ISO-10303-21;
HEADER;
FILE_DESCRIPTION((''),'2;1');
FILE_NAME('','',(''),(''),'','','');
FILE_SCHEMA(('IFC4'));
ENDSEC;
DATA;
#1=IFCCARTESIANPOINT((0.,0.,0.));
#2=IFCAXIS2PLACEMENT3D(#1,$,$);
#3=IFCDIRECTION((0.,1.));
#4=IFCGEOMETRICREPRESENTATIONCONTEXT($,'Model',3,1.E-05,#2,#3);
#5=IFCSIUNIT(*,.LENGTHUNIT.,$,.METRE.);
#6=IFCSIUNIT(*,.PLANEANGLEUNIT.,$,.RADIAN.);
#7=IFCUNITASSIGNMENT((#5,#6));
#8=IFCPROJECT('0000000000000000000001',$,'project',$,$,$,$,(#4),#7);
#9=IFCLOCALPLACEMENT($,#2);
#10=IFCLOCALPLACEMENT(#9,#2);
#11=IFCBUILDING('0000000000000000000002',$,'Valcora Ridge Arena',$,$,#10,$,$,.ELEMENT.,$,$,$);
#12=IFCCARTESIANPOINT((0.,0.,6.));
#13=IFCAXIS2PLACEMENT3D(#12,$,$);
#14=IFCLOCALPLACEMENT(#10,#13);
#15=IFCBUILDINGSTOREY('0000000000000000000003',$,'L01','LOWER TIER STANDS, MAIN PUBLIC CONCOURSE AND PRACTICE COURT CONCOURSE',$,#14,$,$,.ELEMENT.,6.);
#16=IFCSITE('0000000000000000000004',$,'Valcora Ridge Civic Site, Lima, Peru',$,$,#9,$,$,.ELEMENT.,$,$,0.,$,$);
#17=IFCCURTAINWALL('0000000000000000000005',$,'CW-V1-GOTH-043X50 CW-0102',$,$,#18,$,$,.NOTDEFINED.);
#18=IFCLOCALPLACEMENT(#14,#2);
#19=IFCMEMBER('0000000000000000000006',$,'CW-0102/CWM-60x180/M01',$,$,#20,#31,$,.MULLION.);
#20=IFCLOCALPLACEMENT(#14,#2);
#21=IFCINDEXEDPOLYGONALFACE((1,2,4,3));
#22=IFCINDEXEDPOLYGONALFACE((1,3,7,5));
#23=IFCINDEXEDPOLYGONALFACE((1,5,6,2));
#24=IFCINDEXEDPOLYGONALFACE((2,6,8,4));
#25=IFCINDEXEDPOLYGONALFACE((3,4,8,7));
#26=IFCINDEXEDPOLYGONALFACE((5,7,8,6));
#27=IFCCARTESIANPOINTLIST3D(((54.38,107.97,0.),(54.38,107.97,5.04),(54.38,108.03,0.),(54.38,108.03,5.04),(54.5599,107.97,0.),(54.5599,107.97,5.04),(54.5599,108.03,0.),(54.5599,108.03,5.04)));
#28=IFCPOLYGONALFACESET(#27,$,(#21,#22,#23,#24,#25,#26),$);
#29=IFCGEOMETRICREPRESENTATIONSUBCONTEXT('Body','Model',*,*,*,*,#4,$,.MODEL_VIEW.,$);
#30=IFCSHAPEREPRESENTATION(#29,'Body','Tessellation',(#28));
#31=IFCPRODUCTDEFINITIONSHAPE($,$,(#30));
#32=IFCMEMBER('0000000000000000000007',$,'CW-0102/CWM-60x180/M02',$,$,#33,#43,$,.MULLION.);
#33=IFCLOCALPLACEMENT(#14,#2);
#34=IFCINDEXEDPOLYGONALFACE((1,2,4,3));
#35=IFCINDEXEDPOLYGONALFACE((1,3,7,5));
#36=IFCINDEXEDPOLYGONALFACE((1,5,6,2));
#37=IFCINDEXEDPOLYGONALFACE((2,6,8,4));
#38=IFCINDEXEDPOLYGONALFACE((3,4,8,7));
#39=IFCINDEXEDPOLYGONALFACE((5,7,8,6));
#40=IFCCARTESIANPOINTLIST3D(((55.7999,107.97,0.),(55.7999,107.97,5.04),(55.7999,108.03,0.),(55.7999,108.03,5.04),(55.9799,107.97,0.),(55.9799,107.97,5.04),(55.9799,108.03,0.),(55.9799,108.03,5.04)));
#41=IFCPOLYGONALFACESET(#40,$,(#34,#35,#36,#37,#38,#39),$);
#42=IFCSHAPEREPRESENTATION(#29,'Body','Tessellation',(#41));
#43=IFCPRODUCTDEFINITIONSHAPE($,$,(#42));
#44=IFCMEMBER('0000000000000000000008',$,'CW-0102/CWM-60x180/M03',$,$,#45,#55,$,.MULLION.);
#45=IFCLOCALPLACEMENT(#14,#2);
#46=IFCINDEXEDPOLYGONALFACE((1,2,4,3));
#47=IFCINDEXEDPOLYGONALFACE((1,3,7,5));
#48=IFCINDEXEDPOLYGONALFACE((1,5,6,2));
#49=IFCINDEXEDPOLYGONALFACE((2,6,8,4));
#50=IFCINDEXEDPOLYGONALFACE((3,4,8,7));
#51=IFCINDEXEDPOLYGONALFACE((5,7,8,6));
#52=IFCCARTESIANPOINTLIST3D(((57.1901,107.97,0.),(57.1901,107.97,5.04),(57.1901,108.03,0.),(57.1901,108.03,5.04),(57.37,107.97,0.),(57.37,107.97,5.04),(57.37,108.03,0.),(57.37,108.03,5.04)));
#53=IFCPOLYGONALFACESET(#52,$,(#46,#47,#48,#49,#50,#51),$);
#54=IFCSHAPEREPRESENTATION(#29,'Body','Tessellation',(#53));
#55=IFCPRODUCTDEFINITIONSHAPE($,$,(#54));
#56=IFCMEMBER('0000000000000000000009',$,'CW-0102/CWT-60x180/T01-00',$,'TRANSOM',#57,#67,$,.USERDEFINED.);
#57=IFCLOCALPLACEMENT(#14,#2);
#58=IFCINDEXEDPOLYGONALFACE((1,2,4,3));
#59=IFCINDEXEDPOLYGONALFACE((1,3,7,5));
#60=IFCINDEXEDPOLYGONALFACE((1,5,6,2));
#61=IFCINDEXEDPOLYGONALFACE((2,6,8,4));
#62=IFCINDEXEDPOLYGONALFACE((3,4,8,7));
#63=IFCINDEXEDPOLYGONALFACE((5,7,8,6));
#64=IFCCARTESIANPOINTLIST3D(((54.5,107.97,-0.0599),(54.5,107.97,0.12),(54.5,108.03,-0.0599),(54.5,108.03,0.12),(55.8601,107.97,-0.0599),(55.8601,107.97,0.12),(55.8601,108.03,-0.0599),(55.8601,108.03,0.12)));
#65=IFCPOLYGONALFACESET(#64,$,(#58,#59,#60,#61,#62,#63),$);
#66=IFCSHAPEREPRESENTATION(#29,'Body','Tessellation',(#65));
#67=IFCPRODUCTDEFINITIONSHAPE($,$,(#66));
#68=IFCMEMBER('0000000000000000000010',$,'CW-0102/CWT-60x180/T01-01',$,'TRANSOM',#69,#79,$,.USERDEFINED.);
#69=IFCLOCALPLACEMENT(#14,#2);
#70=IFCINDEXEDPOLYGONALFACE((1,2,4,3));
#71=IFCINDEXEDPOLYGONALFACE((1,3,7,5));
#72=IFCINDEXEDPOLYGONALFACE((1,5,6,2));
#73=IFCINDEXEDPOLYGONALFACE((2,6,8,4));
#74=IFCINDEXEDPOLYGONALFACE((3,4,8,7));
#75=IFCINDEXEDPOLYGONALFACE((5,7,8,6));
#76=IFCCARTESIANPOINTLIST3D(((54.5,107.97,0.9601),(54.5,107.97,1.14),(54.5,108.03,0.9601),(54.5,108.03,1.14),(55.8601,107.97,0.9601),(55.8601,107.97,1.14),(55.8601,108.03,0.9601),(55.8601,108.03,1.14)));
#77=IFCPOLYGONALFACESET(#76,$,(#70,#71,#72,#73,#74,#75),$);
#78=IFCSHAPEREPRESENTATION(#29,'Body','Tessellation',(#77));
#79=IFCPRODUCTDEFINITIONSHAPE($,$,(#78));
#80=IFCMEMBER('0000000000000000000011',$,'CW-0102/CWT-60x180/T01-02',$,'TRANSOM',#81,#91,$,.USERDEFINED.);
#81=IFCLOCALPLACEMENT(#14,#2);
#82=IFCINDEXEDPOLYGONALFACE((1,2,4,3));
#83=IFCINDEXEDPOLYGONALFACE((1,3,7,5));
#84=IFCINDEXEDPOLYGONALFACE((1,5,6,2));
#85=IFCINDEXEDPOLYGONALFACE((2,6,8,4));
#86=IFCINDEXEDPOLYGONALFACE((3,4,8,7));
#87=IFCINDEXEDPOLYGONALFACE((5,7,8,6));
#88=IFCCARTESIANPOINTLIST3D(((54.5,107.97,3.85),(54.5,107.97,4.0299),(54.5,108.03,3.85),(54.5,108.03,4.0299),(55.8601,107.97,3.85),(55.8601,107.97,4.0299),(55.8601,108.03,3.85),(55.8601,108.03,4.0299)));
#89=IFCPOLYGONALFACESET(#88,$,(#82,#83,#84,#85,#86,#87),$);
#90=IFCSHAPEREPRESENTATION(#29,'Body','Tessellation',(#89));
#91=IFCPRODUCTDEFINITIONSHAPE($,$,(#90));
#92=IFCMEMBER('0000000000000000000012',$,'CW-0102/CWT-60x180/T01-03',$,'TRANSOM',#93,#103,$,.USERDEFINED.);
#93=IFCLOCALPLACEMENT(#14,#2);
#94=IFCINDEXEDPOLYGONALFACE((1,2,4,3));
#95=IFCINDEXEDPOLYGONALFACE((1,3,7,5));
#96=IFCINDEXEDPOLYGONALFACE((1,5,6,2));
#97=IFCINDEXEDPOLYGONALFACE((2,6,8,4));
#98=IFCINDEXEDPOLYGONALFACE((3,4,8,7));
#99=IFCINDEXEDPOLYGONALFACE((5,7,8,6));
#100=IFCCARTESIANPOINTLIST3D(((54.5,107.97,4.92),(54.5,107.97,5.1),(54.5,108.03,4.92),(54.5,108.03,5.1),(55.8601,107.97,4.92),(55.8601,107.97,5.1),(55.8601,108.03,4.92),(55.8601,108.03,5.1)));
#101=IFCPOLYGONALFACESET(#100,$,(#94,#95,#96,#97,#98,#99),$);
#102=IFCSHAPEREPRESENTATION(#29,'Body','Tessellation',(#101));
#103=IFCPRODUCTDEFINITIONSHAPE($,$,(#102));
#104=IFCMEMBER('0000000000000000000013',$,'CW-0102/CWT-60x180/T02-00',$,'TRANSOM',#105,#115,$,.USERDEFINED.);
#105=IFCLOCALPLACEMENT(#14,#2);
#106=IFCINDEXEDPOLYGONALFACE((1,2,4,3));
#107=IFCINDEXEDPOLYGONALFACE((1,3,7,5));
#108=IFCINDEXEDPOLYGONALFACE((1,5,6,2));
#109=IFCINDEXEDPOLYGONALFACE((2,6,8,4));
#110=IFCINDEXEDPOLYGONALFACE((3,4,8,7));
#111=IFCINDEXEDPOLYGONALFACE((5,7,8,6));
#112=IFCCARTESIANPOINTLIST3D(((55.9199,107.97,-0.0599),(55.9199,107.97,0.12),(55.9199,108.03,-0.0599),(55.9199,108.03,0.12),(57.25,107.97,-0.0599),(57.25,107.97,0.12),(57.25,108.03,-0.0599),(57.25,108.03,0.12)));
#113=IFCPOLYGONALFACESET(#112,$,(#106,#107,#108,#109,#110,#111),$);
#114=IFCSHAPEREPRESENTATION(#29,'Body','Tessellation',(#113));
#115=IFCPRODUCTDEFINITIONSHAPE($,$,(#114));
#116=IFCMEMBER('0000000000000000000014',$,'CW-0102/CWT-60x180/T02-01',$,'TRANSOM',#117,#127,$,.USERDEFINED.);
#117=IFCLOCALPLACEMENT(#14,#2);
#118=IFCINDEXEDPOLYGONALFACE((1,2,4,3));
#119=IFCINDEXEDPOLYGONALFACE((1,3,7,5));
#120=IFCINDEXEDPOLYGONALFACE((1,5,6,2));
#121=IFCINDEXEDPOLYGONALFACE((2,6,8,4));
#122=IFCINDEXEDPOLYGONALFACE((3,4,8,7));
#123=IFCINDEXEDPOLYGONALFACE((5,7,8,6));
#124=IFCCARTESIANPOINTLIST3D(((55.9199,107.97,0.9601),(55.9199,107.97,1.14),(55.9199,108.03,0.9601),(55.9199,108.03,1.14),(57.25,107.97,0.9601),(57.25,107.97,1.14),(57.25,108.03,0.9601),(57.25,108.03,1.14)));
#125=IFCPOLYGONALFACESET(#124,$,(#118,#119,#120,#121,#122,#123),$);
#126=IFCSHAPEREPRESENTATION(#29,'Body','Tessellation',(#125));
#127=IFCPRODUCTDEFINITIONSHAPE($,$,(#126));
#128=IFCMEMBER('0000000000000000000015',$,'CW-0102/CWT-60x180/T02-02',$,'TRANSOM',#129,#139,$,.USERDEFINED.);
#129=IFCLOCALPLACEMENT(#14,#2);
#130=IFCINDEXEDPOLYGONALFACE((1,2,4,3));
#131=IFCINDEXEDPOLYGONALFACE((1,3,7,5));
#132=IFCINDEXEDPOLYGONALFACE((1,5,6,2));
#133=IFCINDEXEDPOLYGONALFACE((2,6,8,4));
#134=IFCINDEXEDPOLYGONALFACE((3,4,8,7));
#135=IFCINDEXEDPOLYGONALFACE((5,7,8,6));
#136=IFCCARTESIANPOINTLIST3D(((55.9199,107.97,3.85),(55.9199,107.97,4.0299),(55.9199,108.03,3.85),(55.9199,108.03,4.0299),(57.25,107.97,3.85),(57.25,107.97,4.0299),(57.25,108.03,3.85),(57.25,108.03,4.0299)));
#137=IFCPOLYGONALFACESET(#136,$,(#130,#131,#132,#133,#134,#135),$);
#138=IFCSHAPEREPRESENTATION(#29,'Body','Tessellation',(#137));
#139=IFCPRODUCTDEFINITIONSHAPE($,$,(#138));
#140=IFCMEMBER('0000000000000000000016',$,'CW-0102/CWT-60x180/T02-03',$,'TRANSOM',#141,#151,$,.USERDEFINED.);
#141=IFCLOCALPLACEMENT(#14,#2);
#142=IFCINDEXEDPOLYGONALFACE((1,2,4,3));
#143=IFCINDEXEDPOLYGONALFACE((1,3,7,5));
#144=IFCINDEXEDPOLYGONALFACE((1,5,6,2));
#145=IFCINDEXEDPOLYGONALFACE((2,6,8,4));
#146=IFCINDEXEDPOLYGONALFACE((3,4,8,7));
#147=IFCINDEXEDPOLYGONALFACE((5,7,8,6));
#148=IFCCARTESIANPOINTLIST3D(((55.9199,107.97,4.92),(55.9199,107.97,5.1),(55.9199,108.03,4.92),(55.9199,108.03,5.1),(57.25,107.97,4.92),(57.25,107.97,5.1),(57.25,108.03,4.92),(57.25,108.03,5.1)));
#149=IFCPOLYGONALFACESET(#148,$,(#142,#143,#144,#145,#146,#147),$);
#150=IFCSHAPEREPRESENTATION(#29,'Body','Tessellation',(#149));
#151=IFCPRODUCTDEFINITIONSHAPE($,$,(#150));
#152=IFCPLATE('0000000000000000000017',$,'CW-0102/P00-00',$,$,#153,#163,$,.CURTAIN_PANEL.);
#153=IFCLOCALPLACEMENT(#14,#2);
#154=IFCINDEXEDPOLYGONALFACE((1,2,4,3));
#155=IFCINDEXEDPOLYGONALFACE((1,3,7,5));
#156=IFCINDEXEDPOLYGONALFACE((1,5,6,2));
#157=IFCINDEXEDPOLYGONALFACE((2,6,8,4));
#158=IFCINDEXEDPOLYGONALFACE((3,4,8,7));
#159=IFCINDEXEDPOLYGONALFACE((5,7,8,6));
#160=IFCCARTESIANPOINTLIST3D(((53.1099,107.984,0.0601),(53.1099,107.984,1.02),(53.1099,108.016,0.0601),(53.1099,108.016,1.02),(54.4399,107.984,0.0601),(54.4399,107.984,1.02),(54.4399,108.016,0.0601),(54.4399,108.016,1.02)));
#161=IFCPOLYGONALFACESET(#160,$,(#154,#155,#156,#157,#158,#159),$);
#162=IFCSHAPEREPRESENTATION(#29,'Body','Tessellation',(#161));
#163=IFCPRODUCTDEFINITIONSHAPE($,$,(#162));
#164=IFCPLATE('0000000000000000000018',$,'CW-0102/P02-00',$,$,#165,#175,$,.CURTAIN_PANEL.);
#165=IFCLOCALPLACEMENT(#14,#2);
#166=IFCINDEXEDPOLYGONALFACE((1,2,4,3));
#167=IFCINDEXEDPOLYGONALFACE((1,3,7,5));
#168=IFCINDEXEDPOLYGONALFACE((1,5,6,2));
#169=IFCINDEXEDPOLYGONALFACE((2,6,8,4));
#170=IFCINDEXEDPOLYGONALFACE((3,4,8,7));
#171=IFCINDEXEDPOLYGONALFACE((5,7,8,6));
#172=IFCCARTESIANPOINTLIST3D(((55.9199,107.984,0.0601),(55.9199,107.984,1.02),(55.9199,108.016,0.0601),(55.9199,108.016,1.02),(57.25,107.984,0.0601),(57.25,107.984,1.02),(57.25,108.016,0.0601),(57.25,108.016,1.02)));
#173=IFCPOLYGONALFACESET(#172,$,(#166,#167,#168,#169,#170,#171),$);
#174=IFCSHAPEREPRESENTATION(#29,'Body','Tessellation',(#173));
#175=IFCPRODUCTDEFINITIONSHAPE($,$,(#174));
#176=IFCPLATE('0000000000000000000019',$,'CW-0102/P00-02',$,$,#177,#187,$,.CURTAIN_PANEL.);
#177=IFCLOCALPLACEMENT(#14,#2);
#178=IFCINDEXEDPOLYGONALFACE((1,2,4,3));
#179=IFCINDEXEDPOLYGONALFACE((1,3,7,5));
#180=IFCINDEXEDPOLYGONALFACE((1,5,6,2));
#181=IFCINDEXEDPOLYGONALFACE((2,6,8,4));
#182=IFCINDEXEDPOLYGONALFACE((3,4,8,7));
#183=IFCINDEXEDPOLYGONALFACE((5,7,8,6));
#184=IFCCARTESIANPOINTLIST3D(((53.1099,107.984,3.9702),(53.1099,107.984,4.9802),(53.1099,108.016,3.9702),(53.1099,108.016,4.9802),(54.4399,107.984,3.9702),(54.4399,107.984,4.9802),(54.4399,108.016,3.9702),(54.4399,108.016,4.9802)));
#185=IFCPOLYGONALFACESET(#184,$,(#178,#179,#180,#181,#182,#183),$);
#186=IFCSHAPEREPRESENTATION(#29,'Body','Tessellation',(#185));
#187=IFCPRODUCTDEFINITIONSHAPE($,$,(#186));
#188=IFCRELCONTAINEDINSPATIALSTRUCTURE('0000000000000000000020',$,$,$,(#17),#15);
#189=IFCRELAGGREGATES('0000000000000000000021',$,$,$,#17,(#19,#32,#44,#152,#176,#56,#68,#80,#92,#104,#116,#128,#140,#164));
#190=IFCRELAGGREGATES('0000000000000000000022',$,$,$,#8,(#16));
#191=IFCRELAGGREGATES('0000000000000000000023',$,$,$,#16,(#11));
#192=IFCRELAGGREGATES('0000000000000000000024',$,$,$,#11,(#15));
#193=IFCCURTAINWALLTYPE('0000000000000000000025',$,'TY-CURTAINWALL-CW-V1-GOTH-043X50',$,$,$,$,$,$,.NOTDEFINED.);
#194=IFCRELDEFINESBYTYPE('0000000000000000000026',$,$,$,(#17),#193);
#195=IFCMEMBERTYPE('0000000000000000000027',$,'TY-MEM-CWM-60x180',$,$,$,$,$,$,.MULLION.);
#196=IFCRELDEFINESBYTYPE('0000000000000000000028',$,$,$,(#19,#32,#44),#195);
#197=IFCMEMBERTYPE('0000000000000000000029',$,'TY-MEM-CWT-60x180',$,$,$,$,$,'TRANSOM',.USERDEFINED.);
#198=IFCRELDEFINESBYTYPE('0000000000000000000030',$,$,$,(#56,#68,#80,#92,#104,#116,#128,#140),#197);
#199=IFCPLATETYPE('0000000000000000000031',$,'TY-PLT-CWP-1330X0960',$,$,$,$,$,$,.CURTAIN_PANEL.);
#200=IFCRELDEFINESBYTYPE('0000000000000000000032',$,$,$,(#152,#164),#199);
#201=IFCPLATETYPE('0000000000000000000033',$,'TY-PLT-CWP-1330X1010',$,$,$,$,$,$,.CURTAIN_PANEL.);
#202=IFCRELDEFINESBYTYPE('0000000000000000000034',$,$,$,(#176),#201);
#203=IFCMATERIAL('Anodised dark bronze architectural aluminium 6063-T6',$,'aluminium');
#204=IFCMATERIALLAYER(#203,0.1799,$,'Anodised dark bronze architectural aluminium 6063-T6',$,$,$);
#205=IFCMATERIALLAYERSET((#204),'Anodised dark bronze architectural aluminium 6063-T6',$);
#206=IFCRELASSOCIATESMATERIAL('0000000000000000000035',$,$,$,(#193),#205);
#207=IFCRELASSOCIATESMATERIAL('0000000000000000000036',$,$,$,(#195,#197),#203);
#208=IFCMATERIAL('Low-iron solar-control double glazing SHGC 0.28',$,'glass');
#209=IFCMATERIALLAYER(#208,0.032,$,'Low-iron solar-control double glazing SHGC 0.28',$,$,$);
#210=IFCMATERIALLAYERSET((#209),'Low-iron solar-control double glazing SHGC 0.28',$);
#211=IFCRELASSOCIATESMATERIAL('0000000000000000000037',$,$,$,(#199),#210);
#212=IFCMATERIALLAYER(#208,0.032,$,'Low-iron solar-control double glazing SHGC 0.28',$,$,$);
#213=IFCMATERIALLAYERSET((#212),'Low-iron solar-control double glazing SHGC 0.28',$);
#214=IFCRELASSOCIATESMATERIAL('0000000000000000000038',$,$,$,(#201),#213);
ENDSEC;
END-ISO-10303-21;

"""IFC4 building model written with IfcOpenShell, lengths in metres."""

from ifc_helpers import new_model, si_unit, direction, frame, origin, origin_2d, place, context, subcontext, project, spatial, rectangle, extrude, material, layer, layer_set, material_profile, profile_set, type_object, element, aggregate, save


model = new_model("IFC4")

# Units and contexts
model_context = context("Model", 3, precision=1e-05, world=origin(), true_north=direction((0.0, 1.0)))
body_context = subcontext(model_context, "Body", "Model", "MODEL_VIEW")
ifc_project = project(units=[si_unit("LENGTHUNIT", "METRE"), si_unit("PLANEANGLEUNIT", "RADIAN")], contexts=[model_context])

# Site, building, storey
site_placement = place(None, origin())
site = spatial("IfcSite", under=ifc_project, at=site_placement, Name="Valcora Ridge Civic Site, Lima, Peru", CompositionType="ELEMENT", RefElevation=0.0)
building_placement = place(site_placement, origin())
building = spatial("IfcBuilding", under=site, at=building_placement, Name="Valcora Ridge Arena", CompositionType="ELEMENT")
storey_placement = place(building_placement, frame((0.0, 0.0, 6.0)))
storey = spatial("IfcBuildingStorey", under=building, at=storey_placement, Name="L01", Description="LOWER TIER STANDS, MAIN PUBLIC CONCOURSE AND PRACTICE COURT CONCOURSE", CompositionType="ELEMENT", Elevation=6.0)

# Curtain wall, members, plates
ifc_material_1 = material(Name="Anodised dark bronze architectural aluminium 6063-T6", Category="aluminium")
ifc_layer_1 = layer(ifc_material_1, 0.1799, Name="Anodised dark bronze architectural aluminium 6063-T6")
ifc_layer_set_1 = layer_set([ifc_layer_1], Name="Anodised dark bronze architectural aluminium 6063-T6")
curtain_wall_type = type_object("IfcCurtainWallType", Name="TY-CURTAINWALL-CW-V1-GOTH-043X50", PredefinedType="NOTDEFINED", material=ifc_layer_set_1)
curtain_wall_placement = place(storey_placement, origin())
curtain_wall = element("IfcCurtainWall", 1, at=curtain_wall_placement, inside=storey, type_object=curtain_wall_type, Name="CW-V1-GOTH-043X50 CW-0102", PredefinedType="NOTDEFINED")
ifc_material_profile_1 = material_profile(ifc_material_1, rectangle(XDim=0.0601, YDim=0.1799, at=origin_2d()), Name="ALU MULLION 60x180")
ifc_profile_set_1 = profile_set([ifc_material_profile_1], Name="Anodised dark bronze architectural aluminium 6063-T6")
member_type_1 = type_object("IfcMemberType", Name="TY-MEM-CWM-60x180", PredefinedType="MULLION", material=ifc_profile_set_1)
member_1_placement = place(storey_placement, frame((54.47, 108.0, 0.0), z_axis=(0.0, 0.0, 1.0), x_axis=(0.0, 1.0, 0.0)))
member_1 = element("IfcMember", 2, at=member_1_placement, type_object=member_type_1, Name="CW-0102/CWM-60x180/M01", PredefinedType="MULLION", context=body_context, shape_type="SweptSolid", body=[
    extrude(rectangle(XDim=0.0601, YDim=0.1799, at=origin_2d()), origin(), (0.0, 0.0, 1.0), 5.04),
])
member_2_placement = place(storey_placement, frame((55.8899, 108.0, 0.0), z_axis=(0.0, 0.0, 1.0), x_axis=(0.0, 1.0, 0.0)))
member_2 = element("IfcMember", 3, at=member_2_placement, type_object=member_type_1, Name="CW-0102/CWM-60x180/M02", PredefinedType="MULLION", context=body_context, shape_type="SweptSolid", body=[
    extrude(rectangle(XDim=0.0601, YDim=0.1799, at=origin_2d()), origin(), (0.0, 0.0, 1.0), 5.04),
])
member_3_placement = place(storey_placement, frame((57.28, 108.0, 0.0), z_axis=(0.0, 0.0, 1.0), x_axis=(0.0, 1.0, 0.0)))
member_3 = element("IfcMember", 4, at=member_3_placement, type_object=member_type_1, Name="CW-0102/CWM-60x180/M03", PredefinedType="MULLION", context=body_context, shape_type="SweptSolid", body=[
    extrude(rectangle(XDim=0.0601, YDim=0.1799, at=origin_2d()), origin(), (0.0, 0.0, 1.0), 5.04),
])
ifc_material_profile_2 = material_profile(ifc_material_1, rectangle(XDim=0.0601, YDim=0.1799, at=origin_2d()), Name="ALU TRANSOM 60x180")
ifc_profile_set_2 = profile_set([ifc_material_profile_2], Name="Anodised dark bronze architectural aluminium 6063-T6")
member_type_2 = type_object("IfcMemberType", Name="TY-MEM-CWT-60x180", ElementType="TRANSOM", PredefinedType="USERDEFINED", material=ifc_profile_set_2)
member_4_placement = place(storey_placement, frame((54.5, 108.0, 0.03), z_axis=(1.0, 0.0, 0.0), x_axis=(0.0, 1.0, 0.0)))
member_4 = element("IfcMember", 5, at=member_4_placement, type_object=member_type_2, Name="CW-0102/CWT-60x180/T01-00", ObjectType="TRANSOM", PredefinedType="USERDEFINED", context=body_context, shape_type="SweptSolid", body=[
    extrude(rectangle(XDim=0.0601, YDim=0.1799, at=origin_2d()), origin(), (0.0, 0.0, 1.0), 1.3601),
])
member_5_placement = place(storey_placement, frame((54.5, 108.0, 1.05), z_axis=(1.0, 0.0, 0.0), x_axis=(0.0, 1.0, 0.0)))
member_5 = element("IfcMember", 6, at=member_5_placement, type_object=member_type_2, Name="CW-0102/CWT-60x180/T01-01", ObjectType="TRANSOM", PredefinedType="USERDEFINED", context=body_context, shape_type="SweptSolid", body=[
    extrude(rectangle(XDim=0.0601, YDim=0.1799, at=origin_2d()), origin(), (0.0, 0.0, 1.0), 1.3601),
])
member_6_placement = place(storey_placement, frame((54.5, 108.0, 3.9399), z_axis=(1.0, 0.0, 0.0), x_axis=(0.0, 1.0, 0.0)))
member_6 = element("IfcMember", 7, at=member_6_placement, type_object=member_type_2, Name="CW-0102/CWT-60x180/T01-02", ObjectType="TRANSOM", PredefinedType="USERDEFINED", context=body_context, shape_type="SweptSolid", body=[
    extrude(rectangle(XDim=0.0601, YDim=0.1799, at=origin_2d()), origin(), (0.0, 0.0, 1.0), 1.3601),
])
member_7_placement = place(storey_placement, frame((54.5, 108.0, 5.01), z_axis=(1.0, 0.0, 0.0), x_axis=(0.0, 1.0, 0.0)))
member_7 = element("IfcMember", 8, at=member_7_placement, type_object=member_type_2, Name="CW-0102/CWT-60x180/T01-03", ObjectType="TRANSOM", PredefinedType="USERDEFINED", context=body_context, shape_type="SweptSolid", body=[
    extrude(rectangle(XDim=0.0601, YDim=0.1799, at=origin_2d()), origin(), (0.0, 0.0, 1.0), 1.3601),
])
member_8_placement = place(storey_placement, frame((55.9199, 108.0, 0.03), z_axis=(1.0, 0.0, 0.0), x_axis=(0.0, 1.0, 0.0)))
member_8 = element("IfcMember", 9, at=member_8_placement, type_object=member_type_2, Name="CW-0102/CWT-60x180/T02-00", ObjectType="TRANSOM", PredefinedType="USERDEFINED", context=body_context, shape_type="SweptSolid", body=[
    extrude(rectangle(XDim=0.0601, YDim=0.1799, at=origin_2d()), origin(), (0.0, 0.0, 1.0), 1.3301),
])
member_9_placement = place(storey_placement, frame((55.9199, 108.0, 1.05), z_axis=(1.0, 0.0, 0.0), x_axis=(0.0, 1.0, 0.0)))
member_9 = element("IfcMember", 10, at=member_9_placement, type_object=member_type_2, Name="CW-0102/CWT-60x180/T02-01", ObjectType="TRANSOM", PredefinedType="USERDEFINED", context=body_context, shape_type="SweptSolid", body=[
    extrude(rectangle(XDim=0.0601, YDim=0.1799, at=origin_2d()), origin(), (0.0, 0.0, 1.0), 1.3301),
])
member_10_placement = place(storey_placement, frame((55.9199, 108.0, 3.9399), z_axis=(1.0, 0.0, 0.0), x_axis=(0.0, 1.0, 0.0)))
member_10 = element("IfcMember", 11, at=member_10_placement, type_object=member_type_2, Name="CW-0102/CWT-60x180/T02-02", ObjectType="TRANSOM", PredefinedType="USERDEFINED", context=body_context, shape_type="SweptSolid", body=[
    extrude(rectangle(XDim=0.0601, YDim=0.1799, at=origin_2d()), origin(), (0.0, 0.0, 1.0), 1.3301),
])
member_11_placement = place(storey_placement, frame((55.9199, 108.0, 5.01), z_axis=(1.0, 0.0, 0.0), x_axis=(0.0, 1.0, 0.0)))
member_11 = element("IfcMember", 12, at=member_11_placement, type_object=member_type_2, Name="CW-0102/CWT-60x180/T02-03", ObjectType="TRANSOM", PredefinedType="USERDEFINED", context=body_context, shape_type="SweptSolid", body=[
    extrude(rectangle(XDim=0.0601, YDim=0.1799, at=origin_2d()), origin(), (0.0, 0.0, 1.0), 1.3301),
])
ifc_material_2 = material(Name="Low-iron solar-control double glazing SHGC 0.28", Category="glass")
ifc_layer_2 = layer(ifc_material_2, 0.032, Name="Low-iron solar-control double glazing SHGC 0.28")
ifc_layer_set_2 = layer_set([ifc_layer_2], Name="Low-iron solar-control double glazing SHGC 0.28")
plate_type_1 = type_object("IfcPlateType", Name="TY-PLT-CWP-1330X0960", PredefinedType="CURTAIN_PANEL", material=ifc_layer_set_2)
plate_1_placement = place(storey_placement, frame((53.7749, 108.0, 0.0601), z_axis=(0.0, 0.0, 1.0), x_axis=(1.0, 0.0, 0.0)))
plate_1 = element("IfcPlate", 13, at=plate_1_placement, type_object=plate_type_1, Name="CW-0102/P00-00", PredefinedType="CURTAIN_PANEL", context=body_context, shape_type="SweptSolid", body=[
    extrude(rectangle(XDim=1.3301, YDim=0.032, at=origin_2d()), origin(), (0.0, 0.0, 1.0), 0.96),
])
plate_2_placement = place(storey_placement, frame((56.585, 108.0, 0.0601), z_axis=(0.0, 0.0, 1.0), x_axis=(1.0, 0.0, 0.0)))
plate_2 = element("IfcPlate", 14, at=plate_2_placement, type_object=plate_type_1, Name="CW-0102/P02-00", PredefinedType="CURTAIN_PANEL", context=body_context, shape_type="SweptSolid", body=[
    extrude(rectangle(XDim=1.3301, YDim=0.032, at=origin_2d()), origin(), (0.0, 0.0, 1.0), 0.96),
])
ifc_layer_3 = layer(ifc_material_2, 0.032, Name="Low-iron solar-control double glazing SHGC 0.28")
ifc_layer_set_3 = layer_set([ifc_layer_3], Name="Low-iron solar-control double glazing SHGC 0.28")
plate_type_2 = type_object("IfcPlateType", Name="TY-PLT-CWP-1330X1010", PredefinedType="CURTAIN_PANEL", material=ifc_layer_set_3)
plate_3_placement = place(storey_placement, frame((53.7749, 108.0, 3.9702), z_axis=(0.0, 0.0, 1.0), x_axis=(1.0, 0.0, 0.0)))
plate_3 = element("IfcPlate", 15, at=plate_3_placement, type_object=plate_type_2, Name="CW-0102/P00-02", PredefinedType="CURTAIN_PANEL", context=body_context, shape_type="SweptSolid", body=[
    extrude(rectangle(XDim=1.3301, YDim=0.032, at=origin_2d()), origin(), (0.0, 0.0, 1.0), 1.01),
])
aggregate(curtain_wall, [member_1, member_2, member_3, plate_1, plate_3, member_4, member_5, member_6, member_7, member_8, member_9, member_10, member_11, plate_2])

save(model, "model.ifc")
